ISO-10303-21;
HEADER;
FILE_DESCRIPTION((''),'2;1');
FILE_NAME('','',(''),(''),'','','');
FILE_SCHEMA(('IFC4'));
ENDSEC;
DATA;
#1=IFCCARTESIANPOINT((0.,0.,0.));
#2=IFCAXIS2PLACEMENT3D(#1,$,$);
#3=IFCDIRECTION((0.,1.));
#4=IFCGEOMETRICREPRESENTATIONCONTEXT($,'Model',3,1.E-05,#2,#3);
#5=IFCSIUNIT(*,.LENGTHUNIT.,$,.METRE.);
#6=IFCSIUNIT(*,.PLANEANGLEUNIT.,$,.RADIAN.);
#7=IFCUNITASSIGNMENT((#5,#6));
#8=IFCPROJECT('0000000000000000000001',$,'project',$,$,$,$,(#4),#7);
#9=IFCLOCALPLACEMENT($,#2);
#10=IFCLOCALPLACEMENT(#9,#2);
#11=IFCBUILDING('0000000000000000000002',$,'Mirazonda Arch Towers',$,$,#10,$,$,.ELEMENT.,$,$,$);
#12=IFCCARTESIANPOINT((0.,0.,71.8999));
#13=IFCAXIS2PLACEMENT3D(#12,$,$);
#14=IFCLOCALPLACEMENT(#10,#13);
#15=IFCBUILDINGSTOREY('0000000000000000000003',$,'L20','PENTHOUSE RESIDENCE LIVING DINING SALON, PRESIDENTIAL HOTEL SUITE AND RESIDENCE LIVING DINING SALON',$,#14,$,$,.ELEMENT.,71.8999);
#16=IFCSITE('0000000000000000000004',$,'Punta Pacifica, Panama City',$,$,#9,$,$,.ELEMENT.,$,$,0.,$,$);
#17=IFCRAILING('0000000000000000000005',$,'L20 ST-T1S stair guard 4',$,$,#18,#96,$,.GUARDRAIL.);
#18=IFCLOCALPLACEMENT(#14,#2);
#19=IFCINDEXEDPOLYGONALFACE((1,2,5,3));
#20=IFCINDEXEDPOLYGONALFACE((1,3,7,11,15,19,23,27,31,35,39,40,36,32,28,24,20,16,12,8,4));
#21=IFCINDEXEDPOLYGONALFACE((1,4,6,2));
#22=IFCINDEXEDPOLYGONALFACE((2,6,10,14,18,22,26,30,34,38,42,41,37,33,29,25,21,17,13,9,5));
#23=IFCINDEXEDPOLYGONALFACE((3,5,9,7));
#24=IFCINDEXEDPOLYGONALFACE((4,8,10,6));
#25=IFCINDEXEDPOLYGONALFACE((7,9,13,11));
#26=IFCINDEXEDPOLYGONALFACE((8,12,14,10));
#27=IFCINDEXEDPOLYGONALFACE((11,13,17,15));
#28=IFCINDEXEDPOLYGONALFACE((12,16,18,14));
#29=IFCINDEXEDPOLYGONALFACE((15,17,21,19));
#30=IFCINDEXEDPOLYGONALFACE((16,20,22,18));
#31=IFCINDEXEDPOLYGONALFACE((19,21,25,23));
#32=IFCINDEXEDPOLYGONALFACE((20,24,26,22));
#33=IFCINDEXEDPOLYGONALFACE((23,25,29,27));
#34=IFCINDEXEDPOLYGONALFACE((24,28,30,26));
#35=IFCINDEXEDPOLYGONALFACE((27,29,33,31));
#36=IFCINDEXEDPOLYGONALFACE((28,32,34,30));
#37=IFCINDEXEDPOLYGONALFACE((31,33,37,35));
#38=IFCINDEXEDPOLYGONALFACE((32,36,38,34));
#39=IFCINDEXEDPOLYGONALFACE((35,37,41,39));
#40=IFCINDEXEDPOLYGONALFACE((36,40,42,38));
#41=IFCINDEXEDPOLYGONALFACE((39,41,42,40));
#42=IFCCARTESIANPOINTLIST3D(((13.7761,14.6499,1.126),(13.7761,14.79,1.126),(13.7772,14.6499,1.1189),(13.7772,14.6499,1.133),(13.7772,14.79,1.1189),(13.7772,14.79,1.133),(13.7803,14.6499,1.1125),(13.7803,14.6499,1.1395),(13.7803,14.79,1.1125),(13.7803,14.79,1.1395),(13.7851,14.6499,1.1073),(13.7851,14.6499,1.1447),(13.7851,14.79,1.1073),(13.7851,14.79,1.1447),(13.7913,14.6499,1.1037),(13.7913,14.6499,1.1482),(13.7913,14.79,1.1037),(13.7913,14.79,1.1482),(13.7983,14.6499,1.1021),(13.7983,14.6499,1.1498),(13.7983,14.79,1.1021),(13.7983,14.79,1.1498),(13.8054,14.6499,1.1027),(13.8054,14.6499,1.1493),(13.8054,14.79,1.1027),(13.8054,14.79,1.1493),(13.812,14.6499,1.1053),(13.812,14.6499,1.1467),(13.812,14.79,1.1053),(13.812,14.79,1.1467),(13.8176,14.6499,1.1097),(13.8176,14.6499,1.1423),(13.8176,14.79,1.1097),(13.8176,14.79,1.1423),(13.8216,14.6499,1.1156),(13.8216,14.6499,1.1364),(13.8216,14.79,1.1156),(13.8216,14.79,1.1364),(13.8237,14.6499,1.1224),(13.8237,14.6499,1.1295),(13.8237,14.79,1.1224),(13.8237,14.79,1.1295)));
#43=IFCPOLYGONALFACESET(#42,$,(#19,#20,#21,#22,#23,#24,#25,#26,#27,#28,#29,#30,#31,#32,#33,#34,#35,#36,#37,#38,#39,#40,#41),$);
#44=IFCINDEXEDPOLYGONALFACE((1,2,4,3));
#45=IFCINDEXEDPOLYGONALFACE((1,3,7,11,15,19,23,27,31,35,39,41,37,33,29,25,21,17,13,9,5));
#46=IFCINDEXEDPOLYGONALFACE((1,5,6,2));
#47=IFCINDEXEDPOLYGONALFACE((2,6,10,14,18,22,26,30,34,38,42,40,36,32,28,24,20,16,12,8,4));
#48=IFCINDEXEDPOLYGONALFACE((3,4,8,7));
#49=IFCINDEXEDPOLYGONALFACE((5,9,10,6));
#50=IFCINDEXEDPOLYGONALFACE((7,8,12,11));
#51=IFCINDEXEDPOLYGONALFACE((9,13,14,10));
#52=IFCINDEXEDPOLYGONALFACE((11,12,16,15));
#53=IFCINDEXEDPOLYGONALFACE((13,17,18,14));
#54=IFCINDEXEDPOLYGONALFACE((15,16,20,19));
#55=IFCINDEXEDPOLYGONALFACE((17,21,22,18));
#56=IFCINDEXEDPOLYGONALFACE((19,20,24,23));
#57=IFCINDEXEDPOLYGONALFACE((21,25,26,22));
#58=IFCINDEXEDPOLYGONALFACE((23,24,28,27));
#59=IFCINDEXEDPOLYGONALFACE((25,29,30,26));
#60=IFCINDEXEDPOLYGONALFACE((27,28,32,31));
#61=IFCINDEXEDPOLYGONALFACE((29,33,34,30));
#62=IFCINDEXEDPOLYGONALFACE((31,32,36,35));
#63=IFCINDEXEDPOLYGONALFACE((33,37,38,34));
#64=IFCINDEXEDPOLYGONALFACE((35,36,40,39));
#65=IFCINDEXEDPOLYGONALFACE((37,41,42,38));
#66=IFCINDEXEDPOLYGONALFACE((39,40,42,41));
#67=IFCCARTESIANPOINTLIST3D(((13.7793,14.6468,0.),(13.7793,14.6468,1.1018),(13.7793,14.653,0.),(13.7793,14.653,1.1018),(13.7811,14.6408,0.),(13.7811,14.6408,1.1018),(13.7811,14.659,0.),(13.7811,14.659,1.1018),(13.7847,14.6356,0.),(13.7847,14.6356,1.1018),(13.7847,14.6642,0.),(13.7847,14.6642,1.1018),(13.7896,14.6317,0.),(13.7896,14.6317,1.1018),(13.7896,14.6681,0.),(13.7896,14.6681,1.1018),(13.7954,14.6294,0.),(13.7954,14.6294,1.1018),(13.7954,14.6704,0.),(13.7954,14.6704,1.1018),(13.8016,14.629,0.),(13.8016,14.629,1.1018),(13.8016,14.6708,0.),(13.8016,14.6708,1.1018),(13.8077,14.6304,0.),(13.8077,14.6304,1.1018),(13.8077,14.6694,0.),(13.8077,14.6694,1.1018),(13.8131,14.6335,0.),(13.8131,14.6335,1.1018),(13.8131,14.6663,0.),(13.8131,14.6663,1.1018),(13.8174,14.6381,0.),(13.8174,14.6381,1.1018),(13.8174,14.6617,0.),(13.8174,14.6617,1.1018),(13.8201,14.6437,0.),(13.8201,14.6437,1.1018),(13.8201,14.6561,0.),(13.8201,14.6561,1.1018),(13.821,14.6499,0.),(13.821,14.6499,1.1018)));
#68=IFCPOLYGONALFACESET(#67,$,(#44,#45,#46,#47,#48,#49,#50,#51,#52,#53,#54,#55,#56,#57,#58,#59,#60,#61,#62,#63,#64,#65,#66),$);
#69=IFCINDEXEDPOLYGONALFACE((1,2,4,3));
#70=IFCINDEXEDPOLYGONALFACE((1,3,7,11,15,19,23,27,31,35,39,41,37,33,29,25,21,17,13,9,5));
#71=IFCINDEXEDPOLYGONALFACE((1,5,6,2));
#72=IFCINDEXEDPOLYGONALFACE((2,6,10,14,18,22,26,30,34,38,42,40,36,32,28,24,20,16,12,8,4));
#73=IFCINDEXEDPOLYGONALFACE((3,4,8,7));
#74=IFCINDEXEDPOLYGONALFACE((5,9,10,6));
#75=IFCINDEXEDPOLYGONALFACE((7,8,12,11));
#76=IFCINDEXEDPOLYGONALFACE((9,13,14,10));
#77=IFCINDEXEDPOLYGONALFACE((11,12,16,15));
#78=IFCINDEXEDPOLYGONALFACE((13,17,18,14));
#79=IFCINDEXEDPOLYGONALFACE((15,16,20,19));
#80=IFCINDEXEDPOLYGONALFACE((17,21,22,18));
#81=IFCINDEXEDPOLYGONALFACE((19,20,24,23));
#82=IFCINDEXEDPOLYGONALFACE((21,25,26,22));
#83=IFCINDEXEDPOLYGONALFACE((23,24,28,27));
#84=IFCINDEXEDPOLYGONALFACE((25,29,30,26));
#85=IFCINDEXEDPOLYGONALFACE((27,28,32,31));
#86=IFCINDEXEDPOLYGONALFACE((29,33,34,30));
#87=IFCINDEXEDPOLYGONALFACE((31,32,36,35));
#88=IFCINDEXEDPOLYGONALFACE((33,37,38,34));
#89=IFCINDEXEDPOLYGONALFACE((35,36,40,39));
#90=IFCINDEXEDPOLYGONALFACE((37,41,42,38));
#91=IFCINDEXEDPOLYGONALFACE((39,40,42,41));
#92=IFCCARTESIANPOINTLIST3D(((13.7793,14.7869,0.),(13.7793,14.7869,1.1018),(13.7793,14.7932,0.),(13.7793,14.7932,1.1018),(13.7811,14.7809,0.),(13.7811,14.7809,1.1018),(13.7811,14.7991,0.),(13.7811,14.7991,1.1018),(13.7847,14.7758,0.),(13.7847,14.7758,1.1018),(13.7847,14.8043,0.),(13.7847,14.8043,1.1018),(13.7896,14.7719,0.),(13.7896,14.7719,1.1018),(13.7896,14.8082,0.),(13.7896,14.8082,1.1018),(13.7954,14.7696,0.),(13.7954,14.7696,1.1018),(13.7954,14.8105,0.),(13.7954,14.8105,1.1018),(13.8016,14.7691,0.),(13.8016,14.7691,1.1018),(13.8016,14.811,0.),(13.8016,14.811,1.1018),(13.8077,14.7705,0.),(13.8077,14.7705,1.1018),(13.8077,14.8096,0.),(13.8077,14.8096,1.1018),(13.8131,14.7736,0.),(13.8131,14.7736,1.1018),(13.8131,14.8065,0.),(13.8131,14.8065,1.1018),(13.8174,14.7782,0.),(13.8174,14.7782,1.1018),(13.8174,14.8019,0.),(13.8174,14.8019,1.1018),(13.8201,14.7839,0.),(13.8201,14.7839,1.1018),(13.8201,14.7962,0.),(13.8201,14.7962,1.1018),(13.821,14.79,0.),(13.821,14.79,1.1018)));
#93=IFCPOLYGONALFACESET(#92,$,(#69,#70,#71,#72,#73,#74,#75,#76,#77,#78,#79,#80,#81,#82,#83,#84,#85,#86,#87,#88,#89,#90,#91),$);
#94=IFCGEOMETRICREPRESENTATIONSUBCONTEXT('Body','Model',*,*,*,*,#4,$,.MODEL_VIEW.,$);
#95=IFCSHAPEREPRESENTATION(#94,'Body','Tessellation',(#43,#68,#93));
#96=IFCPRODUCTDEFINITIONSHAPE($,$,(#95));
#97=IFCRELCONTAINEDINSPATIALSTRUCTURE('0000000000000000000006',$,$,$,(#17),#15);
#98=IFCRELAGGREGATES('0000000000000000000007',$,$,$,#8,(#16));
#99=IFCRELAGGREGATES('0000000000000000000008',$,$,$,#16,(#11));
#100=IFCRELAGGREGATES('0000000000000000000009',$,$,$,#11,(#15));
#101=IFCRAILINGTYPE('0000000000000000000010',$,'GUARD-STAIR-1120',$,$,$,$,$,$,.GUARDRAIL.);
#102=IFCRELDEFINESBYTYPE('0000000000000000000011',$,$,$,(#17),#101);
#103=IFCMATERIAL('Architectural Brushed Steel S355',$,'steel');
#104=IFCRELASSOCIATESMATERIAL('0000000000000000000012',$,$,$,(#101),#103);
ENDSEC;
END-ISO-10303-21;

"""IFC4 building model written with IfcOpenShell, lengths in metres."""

from ifc_helpers import new_model, si_unit, direction, frame, origin, origin_2d, place, context, subcontext, project, spatial, circle, extrude, material, type_object, element, save


model = new_model("IFC4")

# Units and contexts
model_context = context("Model", 3, precision=1e-05, world=origin(), true_north=direction((0.0, 1.0)))
body_context = subcontext(model_context, "Body", "Model", "MODEL_VIEW")
ifc_project = project(units=[si_unit("LENGTHUNIT", "METRE"), si_unit("PLANEANGLEUNIT", "RADIAN")], contexts=[model_context])

# Site, building, storey
site_placement = place(None, origin())
site = spatial("IfcSite", under=ifc_project, at=site_placement, Name="Punta Pacifica, Panama City", CompositionType="ELEMENT", RefElevation=0.0)
building_placement = place(site_placement, origin())
building = spatial("IfcBuilding", under=site, at=building_placement, Name="Mirazonda Arch Towers", CompositionType="ELEMENT")
storey_placement = place(building_placement, frame((0.0, 0.0, 71.8999)))
storey = spatial("IfcBuildingStorey", under=building, at=storey_placement, Name="L20", Description="PENTHOUSE RESIDENCE LIVING DINING SALON, PRESIDENTIAL HOTEL SUITE AND RESIDENCE LIVING DINING SALON", CompositionType="ELEMENT", Elevation=71.8999)

# Shared definitions
ifc_material_1 = material(Name="Architectural Brushed Steel S355", Category="steel")

# Railing
railing_type = type_object("IfcRailingType", Name="GUARD-STAIR-1120", PredefinedType="GUARDRAIL", material=ifc_material_1)
railing_1_placement = place(storey_placement, frame((13.8, 14.6499, 0.0)))
element("IfcRailing", 1, at=railing_1_placement, inside=storey, type_object=railing_type, Name="L20 ST-T1S stair guard 4", PredefinedType="GUARDRAIL", context=body_context, shape_type="SweptSolid", body=[
    extrude(circle(Radius=0.0239, at=origin_2d()), frame((0.0, 0.0, 1.126), z_axis=(0.0, 1.0, 0.0), x_axis=(-1.0, 0.0, 0.0)), (0.0, 0.0, 1.0), 0.1401),
    extrude(circle(Radius=0.021, at=origin_2d()), origin(), (0.0, 0.0, 1.0), 1.1018),
    extrude(circle(Radius=0.021, at=origin_2d()), frame((0.0, 0.1401, 0.0)), (0.0, 0.0, 1.0), 1.1018),
])

save(model, "model.ifc")
